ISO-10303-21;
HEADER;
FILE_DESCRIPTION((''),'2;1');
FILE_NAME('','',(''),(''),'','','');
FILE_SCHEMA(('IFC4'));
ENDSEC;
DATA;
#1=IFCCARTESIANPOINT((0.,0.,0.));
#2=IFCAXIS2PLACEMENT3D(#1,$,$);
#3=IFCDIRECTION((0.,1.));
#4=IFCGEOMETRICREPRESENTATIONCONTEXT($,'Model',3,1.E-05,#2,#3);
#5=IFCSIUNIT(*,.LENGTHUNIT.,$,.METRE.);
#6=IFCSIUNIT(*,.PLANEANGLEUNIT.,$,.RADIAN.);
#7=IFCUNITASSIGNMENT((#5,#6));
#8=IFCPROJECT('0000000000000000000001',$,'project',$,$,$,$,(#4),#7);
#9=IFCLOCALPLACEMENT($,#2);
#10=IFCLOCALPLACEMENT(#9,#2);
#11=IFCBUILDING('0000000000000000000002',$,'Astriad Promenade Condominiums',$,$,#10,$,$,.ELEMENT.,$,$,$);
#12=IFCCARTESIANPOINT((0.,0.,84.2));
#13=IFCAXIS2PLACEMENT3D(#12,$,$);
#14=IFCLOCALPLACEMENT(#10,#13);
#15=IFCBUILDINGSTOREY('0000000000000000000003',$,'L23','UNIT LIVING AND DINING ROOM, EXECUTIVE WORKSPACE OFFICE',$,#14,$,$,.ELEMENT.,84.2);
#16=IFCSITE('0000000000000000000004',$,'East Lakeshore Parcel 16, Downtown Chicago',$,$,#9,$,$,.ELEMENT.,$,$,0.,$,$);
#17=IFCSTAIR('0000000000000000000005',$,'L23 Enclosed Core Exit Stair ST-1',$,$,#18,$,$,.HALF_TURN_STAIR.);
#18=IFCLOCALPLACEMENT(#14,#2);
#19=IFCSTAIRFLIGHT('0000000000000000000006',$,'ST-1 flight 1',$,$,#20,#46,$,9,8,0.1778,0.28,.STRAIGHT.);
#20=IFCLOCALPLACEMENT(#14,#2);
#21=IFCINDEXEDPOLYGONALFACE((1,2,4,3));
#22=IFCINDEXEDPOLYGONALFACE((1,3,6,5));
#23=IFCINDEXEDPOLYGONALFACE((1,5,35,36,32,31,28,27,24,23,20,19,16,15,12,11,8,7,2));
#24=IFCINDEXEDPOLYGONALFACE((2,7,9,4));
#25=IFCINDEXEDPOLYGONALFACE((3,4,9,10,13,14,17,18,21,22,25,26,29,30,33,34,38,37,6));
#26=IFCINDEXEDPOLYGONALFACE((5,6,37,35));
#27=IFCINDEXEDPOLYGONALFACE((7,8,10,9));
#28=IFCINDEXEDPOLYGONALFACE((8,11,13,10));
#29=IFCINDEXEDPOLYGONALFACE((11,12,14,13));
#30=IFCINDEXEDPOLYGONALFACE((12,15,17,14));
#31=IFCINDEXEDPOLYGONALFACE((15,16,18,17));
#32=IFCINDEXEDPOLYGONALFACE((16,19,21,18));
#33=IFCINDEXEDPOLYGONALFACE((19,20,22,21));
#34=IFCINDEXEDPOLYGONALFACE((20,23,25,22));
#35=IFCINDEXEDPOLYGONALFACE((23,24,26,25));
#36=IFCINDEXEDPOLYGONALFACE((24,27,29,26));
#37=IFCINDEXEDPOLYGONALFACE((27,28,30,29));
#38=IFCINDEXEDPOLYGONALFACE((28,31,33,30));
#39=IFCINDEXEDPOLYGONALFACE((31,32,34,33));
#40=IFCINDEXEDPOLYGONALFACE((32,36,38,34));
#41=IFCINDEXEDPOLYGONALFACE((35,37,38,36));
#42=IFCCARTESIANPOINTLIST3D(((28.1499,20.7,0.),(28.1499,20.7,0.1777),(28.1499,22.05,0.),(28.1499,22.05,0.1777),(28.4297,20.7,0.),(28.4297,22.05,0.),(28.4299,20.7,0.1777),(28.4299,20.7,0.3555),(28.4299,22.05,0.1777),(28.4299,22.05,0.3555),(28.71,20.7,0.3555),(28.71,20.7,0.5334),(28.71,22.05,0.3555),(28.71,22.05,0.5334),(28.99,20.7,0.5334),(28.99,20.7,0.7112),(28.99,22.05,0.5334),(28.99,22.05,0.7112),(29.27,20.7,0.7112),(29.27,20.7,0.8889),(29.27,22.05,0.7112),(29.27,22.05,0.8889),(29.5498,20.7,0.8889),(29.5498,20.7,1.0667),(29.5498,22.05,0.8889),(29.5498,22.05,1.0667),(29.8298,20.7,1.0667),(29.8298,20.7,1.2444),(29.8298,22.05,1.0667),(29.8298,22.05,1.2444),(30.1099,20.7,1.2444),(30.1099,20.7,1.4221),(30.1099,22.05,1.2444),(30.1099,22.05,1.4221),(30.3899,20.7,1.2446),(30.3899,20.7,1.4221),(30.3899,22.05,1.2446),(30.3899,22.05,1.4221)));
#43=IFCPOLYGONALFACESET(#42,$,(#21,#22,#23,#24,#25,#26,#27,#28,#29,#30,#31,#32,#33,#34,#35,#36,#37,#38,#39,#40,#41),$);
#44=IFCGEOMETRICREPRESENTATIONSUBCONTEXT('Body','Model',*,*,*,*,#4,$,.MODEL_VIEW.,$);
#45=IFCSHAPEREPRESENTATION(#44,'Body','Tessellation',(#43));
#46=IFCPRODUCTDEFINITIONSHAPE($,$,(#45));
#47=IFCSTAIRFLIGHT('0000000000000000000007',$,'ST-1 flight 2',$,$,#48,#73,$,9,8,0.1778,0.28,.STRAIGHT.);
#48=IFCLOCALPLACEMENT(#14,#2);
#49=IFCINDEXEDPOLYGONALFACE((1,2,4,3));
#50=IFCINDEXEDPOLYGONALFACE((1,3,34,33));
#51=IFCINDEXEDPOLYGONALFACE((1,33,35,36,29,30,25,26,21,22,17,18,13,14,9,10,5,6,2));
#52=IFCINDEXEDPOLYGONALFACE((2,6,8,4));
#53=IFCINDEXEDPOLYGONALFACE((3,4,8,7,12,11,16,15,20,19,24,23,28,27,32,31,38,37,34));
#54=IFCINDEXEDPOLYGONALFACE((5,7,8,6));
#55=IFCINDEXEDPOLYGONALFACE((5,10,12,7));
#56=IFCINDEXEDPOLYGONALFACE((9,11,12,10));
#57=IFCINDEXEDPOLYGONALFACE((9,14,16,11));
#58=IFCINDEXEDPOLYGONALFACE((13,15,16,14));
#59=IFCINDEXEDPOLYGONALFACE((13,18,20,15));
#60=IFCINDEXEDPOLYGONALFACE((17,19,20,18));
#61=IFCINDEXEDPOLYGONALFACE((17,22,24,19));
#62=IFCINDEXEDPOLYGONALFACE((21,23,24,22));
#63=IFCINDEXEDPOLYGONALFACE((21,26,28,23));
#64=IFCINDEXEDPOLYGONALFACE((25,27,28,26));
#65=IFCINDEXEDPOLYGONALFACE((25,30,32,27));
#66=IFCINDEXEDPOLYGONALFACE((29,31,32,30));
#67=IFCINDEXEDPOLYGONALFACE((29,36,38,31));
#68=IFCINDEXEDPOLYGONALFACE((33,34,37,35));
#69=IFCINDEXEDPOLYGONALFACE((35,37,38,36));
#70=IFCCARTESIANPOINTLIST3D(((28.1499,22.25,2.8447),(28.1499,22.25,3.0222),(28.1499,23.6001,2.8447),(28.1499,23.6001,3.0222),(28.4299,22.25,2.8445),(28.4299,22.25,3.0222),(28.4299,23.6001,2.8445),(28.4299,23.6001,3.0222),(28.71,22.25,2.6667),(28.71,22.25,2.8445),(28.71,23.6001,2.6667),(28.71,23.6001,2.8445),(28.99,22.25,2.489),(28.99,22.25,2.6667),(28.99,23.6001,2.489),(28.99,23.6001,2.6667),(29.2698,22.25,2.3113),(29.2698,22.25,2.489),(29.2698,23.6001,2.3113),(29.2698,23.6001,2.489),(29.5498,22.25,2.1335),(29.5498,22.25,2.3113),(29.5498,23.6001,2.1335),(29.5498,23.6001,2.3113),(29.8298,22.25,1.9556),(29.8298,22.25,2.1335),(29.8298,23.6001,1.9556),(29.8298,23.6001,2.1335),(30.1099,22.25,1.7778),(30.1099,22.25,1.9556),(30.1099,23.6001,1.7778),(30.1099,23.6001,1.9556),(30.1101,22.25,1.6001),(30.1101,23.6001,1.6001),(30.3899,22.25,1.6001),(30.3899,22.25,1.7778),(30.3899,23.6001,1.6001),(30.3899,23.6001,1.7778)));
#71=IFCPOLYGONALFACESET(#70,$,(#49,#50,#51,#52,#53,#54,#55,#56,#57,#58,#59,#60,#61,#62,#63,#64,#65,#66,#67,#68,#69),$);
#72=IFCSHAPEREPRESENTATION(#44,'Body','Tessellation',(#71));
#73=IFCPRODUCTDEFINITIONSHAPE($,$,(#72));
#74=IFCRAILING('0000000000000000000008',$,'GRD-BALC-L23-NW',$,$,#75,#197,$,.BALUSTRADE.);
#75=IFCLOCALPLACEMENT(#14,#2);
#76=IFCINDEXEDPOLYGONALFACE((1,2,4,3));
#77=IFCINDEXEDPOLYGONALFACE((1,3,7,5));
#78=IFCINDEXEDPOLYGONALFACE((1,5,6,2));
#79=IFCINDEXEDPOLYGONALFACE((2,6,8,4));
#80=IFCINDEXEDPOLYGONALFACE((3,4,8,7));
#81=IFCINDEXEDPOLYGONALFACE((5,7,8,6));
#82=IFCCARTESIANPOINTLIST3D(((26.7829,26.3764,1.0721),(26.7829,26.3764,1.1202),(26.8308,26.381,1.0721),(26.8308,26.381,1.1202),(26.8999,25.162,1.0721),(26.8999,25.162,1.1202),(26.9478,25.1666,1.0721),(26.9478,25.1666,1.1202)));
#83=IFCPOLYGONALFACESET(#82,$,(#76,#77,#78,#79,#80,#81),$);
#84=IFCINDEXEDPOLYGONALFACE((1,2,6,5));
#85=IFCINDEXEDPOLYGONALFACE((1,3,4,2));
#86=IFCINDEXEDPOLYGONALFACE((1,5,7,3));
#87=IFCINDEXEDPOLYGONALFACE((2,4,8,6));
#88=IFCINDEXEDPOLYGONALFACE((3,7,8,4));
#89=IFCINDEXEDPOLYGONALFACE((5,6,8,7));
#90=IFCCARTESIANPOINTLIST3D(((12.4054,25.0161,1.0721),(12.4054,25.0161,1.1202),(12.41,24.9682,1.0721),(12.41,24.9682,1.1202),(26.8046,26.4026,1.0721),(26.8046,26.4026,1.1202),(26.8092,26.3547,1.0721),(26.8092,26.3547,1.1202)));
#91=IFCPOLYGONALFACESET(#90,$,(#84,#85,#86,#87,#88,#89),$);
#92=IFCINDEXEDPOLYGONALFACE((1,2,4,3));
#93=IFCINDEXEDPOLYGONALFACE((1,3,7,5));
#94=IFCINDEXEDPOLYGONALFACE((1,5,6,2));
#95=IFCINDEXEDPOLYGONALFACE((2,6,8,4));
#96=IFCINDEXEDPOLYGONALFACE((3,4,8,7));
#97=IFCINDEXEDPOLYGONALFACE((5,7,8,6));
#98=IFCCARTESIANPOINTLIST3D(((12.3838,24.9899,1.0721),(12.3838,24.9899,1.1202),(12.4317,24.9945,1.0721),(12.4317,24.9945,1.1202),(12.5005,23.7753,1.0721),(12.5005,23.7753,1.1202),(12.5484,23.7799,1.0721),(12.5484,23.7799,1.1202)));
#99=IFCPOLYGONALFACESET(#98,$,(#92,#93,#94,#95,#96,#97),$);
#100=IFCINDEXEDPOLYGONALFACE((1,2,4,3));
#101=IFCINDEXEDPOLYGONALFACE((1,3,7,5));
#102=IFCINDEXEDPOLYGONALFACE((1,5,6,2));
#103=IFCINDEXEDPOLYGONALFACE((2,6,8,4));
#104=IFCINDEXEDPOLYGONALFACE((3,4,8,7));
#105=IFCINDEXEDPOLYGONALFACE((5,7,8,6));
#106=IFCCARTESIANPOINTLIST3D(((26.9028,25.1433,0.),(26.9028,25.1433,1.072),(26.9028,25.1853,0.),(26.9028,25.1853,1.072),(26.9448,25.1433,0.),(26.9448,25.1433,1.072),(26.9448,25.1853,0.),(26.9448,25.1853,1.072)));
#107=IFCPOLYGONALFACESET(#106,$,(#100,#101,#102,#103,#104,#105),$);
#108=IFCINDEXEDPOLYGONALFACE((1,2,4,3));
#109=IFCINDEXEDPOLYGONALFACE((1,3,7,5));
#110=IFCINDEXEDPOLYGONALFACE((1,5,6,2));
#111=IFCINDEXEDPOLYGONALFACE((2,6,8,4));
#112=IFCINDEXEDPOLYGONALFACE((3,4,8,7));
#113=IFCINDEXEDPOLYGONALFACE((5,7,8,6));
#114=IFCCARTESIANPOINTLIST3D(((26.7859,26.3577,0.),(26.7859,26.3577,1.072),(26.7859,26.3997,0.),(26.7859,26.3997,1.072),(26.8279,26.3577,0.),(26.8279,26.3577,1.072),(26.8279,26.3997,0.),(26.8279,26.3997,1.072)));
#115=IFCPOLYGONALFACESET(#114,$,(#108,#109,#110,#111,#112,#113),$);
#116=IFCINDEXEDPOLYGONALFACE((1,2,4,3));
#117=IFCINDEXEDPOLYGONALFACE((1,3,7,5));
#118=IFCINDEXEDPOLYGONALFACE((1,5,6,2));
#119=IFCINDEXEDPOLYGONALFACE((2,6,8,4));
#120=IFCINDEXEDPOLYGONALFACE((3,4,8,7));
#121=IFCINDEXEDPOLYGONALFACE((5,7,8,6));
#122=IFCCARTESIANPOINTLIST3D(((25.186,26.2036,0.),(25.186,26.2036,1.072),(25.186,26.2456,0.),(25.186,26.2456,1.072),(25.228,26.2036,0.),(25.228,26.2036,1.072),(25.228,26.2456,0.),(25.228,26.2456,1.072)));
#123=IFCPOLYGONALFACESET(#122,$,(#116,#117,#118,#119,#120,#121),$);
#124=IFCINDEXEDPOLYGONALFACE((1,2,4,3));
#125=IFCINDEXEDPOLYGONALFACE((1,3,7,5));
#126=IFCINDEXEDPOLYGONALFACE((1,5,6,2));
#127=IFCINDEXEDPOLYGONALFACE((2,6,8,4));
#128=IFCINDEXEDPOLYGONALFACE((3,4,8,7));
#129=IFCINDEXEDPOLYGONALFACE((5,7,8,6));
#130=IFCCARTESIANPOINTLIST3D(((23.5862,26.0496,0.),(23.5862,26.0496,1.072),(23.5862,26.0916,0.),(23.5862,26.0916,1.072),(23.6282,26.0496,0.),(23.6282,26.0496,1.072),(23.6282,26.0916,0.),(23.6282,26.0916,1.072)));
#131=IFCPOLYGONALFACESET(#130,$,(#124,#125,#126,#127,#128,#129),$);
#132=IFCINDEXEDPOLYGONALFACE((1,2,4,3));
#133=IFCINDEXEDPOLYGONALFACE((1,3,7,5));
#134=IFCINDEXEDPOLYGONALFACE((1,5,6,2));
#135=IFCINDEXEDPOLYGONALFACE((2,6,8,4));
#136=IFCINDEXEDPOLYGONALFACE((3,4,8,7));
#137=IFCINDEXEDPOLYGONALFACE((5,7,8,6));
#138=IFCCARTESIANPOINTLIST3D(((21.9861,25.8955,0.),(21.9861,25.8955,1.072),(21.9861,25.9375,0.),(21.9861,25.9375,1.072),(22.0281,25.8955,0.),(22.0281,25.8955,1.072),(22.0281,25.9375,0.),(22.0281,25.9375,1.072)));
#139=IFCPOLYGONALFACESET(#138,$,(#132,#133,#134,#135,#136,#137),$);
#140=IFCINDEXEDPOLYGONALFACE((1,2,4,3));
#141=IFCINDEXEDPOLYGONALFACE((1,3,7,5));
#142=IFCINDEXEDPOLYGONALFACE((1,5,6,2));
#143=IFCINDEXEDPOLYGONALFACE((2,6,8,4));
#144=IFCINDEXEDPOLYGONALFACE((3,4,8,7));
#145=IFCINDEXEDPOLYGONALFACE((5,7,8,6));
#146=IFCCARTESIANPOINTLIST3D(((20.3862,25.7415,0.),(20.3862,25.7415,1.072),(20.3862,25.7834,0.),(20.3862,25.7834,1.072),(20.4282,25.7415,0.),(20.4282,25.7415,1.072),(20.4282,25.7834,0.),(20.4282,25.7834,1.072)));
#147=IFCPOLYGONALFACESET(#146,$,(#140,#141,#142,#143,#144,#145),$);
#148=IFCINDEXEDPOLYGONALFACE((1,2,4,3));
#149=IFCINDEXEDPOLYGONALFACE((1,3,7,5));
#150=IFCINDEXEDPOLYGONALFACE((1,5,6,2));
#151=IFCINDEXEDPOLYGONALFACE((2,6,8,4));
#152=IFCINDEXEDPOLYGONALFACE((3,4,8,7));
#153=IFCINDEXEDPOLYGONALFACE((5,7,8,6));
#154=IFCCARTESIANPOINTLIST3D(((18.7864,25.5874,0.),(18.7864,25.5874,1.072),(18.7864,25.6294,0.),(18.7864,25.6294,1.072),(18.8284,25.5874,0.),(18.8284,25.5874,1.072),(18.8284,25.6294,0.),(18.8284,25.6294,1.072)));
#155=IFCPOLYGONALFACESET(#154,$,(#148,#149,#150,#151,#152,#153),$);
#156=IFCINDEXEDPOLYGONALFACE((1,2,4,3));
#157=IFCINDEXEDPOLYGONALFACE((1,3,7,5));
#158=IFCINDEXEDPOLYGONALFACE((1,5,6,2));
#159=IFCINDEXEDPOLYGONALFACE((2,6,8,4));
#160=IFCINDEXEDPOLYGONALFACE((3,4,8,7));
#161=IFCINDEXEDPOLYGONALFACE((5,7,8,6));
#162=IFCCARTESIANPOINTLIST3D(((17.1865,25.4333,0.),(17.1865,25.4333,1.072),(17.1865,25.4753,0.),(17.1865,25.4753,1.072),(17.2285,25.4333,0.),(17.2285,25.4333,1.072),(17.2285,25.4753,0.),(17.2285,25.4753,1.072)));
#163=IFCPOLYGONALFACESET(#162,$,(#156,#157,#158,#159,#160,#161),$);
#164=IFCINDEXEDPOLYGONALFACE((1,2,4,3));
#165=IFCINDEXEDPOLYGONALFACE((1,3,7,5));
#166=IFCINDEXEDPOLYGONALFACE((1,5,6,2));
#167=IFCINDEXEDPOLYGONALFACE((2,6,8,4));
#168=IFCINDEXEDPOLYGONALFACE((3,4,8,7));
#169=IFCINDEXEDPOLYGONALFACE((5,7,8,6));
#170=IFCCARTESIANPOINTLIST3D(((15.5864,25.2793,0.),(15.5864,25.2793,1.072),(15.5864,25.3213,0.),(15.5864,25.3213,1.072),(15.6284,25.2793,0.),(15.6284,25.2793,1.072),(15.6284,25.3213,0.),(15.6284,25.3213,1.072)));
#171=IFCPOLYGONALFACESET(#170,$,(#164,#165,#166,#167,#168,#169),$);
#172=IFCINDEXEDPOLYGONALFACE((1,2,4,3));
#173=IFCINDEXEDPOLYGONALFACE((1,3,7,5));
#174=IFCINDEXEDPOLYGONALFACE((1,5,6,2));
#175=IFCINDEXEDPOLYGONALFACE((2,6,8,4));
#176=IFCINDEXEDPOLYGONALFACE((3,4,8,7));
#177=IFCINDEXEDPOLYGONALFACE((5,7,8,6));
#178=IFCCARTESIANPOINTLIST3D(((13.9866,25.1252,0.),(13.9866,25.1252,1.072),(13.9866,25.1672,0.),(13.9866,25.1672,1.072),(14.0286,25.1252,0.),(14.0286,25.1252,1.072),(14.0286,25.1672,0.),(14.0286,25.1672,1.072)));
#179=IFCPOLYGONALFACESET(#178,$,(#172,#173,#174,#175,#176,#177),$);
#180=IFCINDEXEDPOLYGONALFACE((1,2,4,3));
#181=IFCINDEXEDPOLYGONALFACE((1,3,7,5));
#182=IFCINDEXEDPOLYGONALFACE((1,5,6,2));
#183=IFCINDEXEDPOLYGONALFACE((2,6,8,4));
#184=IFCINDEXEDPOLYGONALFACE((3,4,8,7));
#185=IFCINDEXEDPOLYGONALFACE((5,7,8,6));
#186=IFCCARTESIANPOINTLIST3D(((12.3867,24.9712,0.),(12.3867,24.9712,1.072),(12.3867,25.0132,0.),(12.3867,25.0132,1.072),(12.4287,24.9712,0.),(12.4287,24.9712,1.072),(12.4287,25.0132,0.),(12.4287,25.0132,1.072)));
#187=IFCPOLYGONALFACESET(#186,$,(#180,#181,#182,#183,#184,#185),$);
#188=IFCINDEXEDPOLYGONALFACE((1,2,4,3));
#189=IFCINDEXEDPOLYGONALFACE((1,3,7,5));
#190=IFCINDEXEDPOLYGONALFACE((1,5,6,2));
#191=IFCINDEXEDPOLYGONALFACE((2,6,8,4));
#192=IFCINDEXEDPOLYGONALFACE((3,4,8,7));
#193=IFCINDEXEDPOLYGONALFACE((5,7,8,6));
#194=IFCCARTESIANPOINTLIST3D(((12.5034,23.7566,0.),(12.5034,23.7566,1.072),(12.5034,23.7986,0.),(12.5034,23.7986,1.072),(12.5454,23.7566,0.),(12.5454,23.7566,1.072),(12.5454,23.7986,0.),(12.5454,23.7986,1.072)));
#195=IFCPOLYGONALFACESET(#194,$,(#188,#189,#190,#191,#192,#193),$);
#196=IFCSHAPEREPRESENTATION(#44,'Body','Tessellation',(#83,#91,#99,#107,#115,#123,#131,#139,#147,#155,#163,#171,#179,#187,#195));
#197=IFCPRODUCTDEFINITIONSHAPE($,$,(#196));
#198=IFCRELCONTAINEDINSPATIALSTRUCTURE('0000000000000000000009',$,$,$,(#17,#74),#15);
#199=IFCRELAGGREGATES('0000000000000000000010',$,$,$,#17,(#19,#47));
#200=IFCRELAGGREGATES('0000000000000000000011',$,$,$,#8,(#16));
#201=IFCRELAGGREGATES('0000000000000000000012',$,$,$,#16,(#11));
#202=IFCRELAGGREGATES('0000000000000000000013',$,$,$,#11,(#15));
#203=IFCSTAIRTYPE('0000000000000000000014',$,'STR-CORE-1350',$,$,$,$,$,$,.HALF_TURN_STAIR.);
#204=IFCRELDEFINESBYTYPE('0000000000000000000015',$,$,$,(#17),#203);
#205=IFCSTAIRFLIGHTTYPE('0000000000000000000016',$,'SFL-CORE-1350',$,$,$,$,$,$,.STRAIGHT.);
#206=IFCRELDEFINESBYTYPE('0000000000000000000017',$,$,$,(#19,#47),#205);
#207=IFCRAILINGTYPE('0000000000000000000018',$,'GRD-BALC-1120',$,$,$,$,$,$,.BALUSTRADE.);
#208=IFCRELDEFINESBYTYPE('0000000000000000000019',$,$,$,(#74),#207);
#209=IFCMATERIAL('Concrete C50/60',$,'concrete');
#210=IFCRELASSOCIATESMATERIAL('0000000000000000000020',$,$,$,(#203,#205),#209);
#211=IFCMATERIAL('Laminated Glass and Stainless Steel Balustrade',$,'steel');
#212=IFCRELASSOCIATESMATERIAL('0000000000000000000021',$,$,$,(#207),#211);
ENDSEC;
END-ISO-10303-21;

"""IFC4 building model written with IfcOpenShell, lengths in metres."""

from ifc_helpers import new_model, si_unit, direction, frame, origin, origin_2d, place, context, subcontext, project, spatial, polyline, rectangle, outline, extrude, source, transform, mapped, material, type_object, type_shapes, element, aggregate, save


model = new_model("IFC4")

# Units and contexts
model_context = context("Model", 3, precision=1e-05, world=origin(), true_north=direction((0.0, 1.0)))
body_context = subcontext(model_context, "Body", "Model", "MODEL_VIEW")
ifc_project = project(units=[si_unit("LENGTHUNIT", "METRE"), si_unit("PLANEANGLEUNIT", "RADIAN")], contexts=[model_context])

# Site, building, storey
site_placement = place(None, origin())
site = spatial("IfcSite", under=ifc_project, at=site_placement, Name="East Lakeshore Parcel 16, Downtown Chicago", CompositionType="ELEMENT", RefElevation=0.0)
building_placement = place(site_placement, origin())
building = spatial("IfcBuilding", under=site, at=building_placement, Name="Astriad Promenade Condominiums", CompositionType="ELEMENT")
storey_placement = place(building_placement, frame((0.0, 0.0, 84.2)))
storey = spatial("IfcBuildingStorey", under=building, at=storey_placement, Name="L23", Description="UNIT LIVING AND DINING ROOM, EXECUTIVE WORKSPACE OFFICE", CompositionType="ELEMENT", Elevation=84.2)

# Shared definitions
ifc_material_1 = material(Name="Concrete C50/60", Category="concrete")

# Stair, stair flights
stair_type = type_object("IfcStairType", Name="STR-CORE-1350", PredefinedType="HALF_TURN_STAIR", material=ifc_material_1)
stair_placement = place(storey_placement, origin())
stair = element("IfcStair", 1, at=stair_placement, inside=storey, type_object=stair_type, Name="L23 Enclosed Core Exit Stair ST-1", PredefinedType="HALF_TURN_STAIR")
stair_flight_type = type_object("IfcStairFlightType", Name="SFL-CORE-1350", PredefinedType="STRAIGHT", material=ifc_material_1)
shared_shape_1 = source(origin(), body_context, "Body", "SweptSolid", [
    extrude(outline(polyline([(0.0, 0.0), (0.0, 0.1777), (0.28, 0.1777), (0.28, 0.3555), (0.5601, 0.3555), (0.5601, 0.5334), (0.8401, 0.5334), (0.8401, 0.7112), (1.1201, 0.7112), (1.1201, 0.8889), (1.3999, 0.8889), (1.3999, 1.0667), (1.6799, 1.0667), (1.6799, 1.2444), (1.96, 1.2444), (1.96, 1.4221), (2.24, 1.4221), (2.24, 1.6001), (2.24, 1.2446), (0.2798, 0.0), (0.0, 0.0)])), frame((0.0, 0.675, 0.0), z_axis=(0.0, -1.0, 0.0), x_axis=(1.0, 0.0, 0.0)), (0.0, 0.0, 1.0), 1.3501),
])
type_shapes(stair_flight_type, [shared_shape_1])
stair_flight_1_placement = place(storey_placement, frame((28.1499, 21.375, 0.0), z_axis=(0.0, 0.0, 1.0), x_axis=(1.0, 0.0, 0.0)))
stair_flight_1 = element("IfcStairFlight", 2, at=stair_flight_1_placement, type_object=stair_flight_type, Name="ST-1 flight 1", NumberOfRisers=9, NumberOfTreads=8, PredefinedType="STRAIGHT", RiserHeight=0.1778, TreadLength=0.28, context=body_context, shape_type="MappedRepresentation", body=[
    mapped(shared_shape_1, transform((0.0, 0.0, 0.0), scale=1.0)),
])
stair_flight_2_placement = place(storey_placement, frame((30.3899, 22.925, 1.6001), z_axis=(0.0, 0.0, 1.0), x_axis=(-1.0, 0.0, 0.0)))
stair_flight_2 = element("IfcStairFlight", 3, at=stair_flight_2_placement, type_object=stair_flight_type, Name="ST-1 flight 2", NumberOfRisers=9, NumberOfTreads=8, PredefinedType="STRAIGHT", RiserHeight=0.1778, TreadLength=0.28, context=body_context, shape_type="MappedRepresentation", body=[
    mapped(shared_shape_1, transform((0.0, 0.0, 0.0), scale=1.0)),
])
aggregate(stair, [stair_flight_1, stair_flight_2])

# Railing
ifc_material_2 = material(Name="Laminated Glass and Stainless Steel Balustrade", Category="steel")
railing_type_1 = type_object("IfcRailingType", Name="GRD-BALC-1120", PredefinedType="BALUSTRADE", material=ifc_material_2)
shared_shape_2 = source(origin(), body_context, "Body", "SweptSolid", [
    extrude(rectangle(XDim=0.0481, YDim=0.0481, at=origin_2d()), frame((0.0, 0.0, 1.0962), z_axis=(-0.095857, 0.995395, 0.0), x_axis=(-0.995395, -0.095857, 0.0)), (0.0, 0.0, 1.0), 1.22),
    extrude(rectangle(XDim=0.0481, YDim=0.0481, at=origin_2d()), frame((-0.1169, 1.2144, 1.0962), z_axis=(-0.995396, -0.095845, 0.0), x_axis=(0.095845, -0.995396, 0.0)), (0.0, 0.0, 1.0), 14.4658),
    extrude(rectangle(XDim=0.0481, YDim=0.0481, at=origin_2d()), frame((-14.5161, -0.1721, 1.0962), z_axis=(0.09564, -0.995416, 0.0), x_axis=(0.995416, 0.09564, 0.0)), (0.0, 0.0, 1.0), 1.2202),
    extrude(rectangle(XDim=0.042, YDim=0.042, at=origin_2d()), origin(), (0.0, 0.0, 1.0), 1.072),
    extrude(rectangle(XDim=0.042, YDim=0.042, at=origin_2d()), frame((-0.1169, 1.2144, 0.0)), (0.0, 0.0, 1.0), 1.072),
    extrude(rectangle(XDim=0.042, YDim=0.042, at=origin_2d()), frame((-1.7168, 1.0603, 0.0)), (0.0, 0.0, 1.0), 1.072),
    extrude(rectangle(XDim=0.042, YDim=0.042, at=origin_2d()), frame((-3.3167, 0.9062, 0.0)), (0.0, 0.0, 1.0), 1.072),
    extrude(rectangle(XDim=0.042, YDim=0.042, at=origin_2d()), frame((-4.9167, 0.7522, 0.0)), (0.0, 0.0, 1.0), 1.072),
    extrude(rectangle(XDim=0.042, YDim=0.042, at=origin_2d()), frame((-6.5166, 0.5981, 0.0)), (0.0, 0.0, 1.0), 1.072),
    extrude(rectangle(XDim=0.042, YDim=0.042, at=origin_2d()), frame((-8.1165, 0.4441, 0.0)), (0.0, 0.0, 1.0), 1.072),
    extrude(rectangle(XDim=0.042, YDim=0.042, at=origin_2d()), frame((-9.7163, 0.29, 0.0)), (0.0, 0.0, 1.0), 1.072),
    extrude(rectangle(XDim=0.042, YDim=0.042, at=origin_2d()), frame((-11.3164, 0.136, 0.0)), (0.0, 0.0, 1.0), 1.072),
    extrude(rectangle(XDim=0.042, YDim=0.042, at=origin_2d()), frame((-12.9163, -0.0181, 0.0)), (0.0, 0.0, 1.0), 1.072),
    extrude(rectangle(XDim=0.042, YDim=0.042, at=origin_2d()), frame((-14.5161, -0.1721, 0.0)), (0.0, 0.0, 1.0), 1.072),
    extrude(rectangle(XDim=0.042, YDim=0.042, at=origin_2d()), frame((-14.3994, -1.3867, 0.0)), (0.0, 0.0, 1.0), 1.072),
])
type_shapes(railing_type_1, [shared_shape_2])
railing_1_placement = place(storey_placement, frame((26.9238, 25.1643, 0.0)))
element("IfcRailing", 4, at=railing_1_placement, inside=storey, type_object=railing_type_1, Name="GRD-BALC-L23-NW", PredefinedType="BALUSTRADE", context=body_context, shape_type="MappedRepresentation", body=[
    mapped(shared_shape_2, transform((0.0, 0.0, 0.0), scale=1.0)),
])

save(model, "model.ifc")
